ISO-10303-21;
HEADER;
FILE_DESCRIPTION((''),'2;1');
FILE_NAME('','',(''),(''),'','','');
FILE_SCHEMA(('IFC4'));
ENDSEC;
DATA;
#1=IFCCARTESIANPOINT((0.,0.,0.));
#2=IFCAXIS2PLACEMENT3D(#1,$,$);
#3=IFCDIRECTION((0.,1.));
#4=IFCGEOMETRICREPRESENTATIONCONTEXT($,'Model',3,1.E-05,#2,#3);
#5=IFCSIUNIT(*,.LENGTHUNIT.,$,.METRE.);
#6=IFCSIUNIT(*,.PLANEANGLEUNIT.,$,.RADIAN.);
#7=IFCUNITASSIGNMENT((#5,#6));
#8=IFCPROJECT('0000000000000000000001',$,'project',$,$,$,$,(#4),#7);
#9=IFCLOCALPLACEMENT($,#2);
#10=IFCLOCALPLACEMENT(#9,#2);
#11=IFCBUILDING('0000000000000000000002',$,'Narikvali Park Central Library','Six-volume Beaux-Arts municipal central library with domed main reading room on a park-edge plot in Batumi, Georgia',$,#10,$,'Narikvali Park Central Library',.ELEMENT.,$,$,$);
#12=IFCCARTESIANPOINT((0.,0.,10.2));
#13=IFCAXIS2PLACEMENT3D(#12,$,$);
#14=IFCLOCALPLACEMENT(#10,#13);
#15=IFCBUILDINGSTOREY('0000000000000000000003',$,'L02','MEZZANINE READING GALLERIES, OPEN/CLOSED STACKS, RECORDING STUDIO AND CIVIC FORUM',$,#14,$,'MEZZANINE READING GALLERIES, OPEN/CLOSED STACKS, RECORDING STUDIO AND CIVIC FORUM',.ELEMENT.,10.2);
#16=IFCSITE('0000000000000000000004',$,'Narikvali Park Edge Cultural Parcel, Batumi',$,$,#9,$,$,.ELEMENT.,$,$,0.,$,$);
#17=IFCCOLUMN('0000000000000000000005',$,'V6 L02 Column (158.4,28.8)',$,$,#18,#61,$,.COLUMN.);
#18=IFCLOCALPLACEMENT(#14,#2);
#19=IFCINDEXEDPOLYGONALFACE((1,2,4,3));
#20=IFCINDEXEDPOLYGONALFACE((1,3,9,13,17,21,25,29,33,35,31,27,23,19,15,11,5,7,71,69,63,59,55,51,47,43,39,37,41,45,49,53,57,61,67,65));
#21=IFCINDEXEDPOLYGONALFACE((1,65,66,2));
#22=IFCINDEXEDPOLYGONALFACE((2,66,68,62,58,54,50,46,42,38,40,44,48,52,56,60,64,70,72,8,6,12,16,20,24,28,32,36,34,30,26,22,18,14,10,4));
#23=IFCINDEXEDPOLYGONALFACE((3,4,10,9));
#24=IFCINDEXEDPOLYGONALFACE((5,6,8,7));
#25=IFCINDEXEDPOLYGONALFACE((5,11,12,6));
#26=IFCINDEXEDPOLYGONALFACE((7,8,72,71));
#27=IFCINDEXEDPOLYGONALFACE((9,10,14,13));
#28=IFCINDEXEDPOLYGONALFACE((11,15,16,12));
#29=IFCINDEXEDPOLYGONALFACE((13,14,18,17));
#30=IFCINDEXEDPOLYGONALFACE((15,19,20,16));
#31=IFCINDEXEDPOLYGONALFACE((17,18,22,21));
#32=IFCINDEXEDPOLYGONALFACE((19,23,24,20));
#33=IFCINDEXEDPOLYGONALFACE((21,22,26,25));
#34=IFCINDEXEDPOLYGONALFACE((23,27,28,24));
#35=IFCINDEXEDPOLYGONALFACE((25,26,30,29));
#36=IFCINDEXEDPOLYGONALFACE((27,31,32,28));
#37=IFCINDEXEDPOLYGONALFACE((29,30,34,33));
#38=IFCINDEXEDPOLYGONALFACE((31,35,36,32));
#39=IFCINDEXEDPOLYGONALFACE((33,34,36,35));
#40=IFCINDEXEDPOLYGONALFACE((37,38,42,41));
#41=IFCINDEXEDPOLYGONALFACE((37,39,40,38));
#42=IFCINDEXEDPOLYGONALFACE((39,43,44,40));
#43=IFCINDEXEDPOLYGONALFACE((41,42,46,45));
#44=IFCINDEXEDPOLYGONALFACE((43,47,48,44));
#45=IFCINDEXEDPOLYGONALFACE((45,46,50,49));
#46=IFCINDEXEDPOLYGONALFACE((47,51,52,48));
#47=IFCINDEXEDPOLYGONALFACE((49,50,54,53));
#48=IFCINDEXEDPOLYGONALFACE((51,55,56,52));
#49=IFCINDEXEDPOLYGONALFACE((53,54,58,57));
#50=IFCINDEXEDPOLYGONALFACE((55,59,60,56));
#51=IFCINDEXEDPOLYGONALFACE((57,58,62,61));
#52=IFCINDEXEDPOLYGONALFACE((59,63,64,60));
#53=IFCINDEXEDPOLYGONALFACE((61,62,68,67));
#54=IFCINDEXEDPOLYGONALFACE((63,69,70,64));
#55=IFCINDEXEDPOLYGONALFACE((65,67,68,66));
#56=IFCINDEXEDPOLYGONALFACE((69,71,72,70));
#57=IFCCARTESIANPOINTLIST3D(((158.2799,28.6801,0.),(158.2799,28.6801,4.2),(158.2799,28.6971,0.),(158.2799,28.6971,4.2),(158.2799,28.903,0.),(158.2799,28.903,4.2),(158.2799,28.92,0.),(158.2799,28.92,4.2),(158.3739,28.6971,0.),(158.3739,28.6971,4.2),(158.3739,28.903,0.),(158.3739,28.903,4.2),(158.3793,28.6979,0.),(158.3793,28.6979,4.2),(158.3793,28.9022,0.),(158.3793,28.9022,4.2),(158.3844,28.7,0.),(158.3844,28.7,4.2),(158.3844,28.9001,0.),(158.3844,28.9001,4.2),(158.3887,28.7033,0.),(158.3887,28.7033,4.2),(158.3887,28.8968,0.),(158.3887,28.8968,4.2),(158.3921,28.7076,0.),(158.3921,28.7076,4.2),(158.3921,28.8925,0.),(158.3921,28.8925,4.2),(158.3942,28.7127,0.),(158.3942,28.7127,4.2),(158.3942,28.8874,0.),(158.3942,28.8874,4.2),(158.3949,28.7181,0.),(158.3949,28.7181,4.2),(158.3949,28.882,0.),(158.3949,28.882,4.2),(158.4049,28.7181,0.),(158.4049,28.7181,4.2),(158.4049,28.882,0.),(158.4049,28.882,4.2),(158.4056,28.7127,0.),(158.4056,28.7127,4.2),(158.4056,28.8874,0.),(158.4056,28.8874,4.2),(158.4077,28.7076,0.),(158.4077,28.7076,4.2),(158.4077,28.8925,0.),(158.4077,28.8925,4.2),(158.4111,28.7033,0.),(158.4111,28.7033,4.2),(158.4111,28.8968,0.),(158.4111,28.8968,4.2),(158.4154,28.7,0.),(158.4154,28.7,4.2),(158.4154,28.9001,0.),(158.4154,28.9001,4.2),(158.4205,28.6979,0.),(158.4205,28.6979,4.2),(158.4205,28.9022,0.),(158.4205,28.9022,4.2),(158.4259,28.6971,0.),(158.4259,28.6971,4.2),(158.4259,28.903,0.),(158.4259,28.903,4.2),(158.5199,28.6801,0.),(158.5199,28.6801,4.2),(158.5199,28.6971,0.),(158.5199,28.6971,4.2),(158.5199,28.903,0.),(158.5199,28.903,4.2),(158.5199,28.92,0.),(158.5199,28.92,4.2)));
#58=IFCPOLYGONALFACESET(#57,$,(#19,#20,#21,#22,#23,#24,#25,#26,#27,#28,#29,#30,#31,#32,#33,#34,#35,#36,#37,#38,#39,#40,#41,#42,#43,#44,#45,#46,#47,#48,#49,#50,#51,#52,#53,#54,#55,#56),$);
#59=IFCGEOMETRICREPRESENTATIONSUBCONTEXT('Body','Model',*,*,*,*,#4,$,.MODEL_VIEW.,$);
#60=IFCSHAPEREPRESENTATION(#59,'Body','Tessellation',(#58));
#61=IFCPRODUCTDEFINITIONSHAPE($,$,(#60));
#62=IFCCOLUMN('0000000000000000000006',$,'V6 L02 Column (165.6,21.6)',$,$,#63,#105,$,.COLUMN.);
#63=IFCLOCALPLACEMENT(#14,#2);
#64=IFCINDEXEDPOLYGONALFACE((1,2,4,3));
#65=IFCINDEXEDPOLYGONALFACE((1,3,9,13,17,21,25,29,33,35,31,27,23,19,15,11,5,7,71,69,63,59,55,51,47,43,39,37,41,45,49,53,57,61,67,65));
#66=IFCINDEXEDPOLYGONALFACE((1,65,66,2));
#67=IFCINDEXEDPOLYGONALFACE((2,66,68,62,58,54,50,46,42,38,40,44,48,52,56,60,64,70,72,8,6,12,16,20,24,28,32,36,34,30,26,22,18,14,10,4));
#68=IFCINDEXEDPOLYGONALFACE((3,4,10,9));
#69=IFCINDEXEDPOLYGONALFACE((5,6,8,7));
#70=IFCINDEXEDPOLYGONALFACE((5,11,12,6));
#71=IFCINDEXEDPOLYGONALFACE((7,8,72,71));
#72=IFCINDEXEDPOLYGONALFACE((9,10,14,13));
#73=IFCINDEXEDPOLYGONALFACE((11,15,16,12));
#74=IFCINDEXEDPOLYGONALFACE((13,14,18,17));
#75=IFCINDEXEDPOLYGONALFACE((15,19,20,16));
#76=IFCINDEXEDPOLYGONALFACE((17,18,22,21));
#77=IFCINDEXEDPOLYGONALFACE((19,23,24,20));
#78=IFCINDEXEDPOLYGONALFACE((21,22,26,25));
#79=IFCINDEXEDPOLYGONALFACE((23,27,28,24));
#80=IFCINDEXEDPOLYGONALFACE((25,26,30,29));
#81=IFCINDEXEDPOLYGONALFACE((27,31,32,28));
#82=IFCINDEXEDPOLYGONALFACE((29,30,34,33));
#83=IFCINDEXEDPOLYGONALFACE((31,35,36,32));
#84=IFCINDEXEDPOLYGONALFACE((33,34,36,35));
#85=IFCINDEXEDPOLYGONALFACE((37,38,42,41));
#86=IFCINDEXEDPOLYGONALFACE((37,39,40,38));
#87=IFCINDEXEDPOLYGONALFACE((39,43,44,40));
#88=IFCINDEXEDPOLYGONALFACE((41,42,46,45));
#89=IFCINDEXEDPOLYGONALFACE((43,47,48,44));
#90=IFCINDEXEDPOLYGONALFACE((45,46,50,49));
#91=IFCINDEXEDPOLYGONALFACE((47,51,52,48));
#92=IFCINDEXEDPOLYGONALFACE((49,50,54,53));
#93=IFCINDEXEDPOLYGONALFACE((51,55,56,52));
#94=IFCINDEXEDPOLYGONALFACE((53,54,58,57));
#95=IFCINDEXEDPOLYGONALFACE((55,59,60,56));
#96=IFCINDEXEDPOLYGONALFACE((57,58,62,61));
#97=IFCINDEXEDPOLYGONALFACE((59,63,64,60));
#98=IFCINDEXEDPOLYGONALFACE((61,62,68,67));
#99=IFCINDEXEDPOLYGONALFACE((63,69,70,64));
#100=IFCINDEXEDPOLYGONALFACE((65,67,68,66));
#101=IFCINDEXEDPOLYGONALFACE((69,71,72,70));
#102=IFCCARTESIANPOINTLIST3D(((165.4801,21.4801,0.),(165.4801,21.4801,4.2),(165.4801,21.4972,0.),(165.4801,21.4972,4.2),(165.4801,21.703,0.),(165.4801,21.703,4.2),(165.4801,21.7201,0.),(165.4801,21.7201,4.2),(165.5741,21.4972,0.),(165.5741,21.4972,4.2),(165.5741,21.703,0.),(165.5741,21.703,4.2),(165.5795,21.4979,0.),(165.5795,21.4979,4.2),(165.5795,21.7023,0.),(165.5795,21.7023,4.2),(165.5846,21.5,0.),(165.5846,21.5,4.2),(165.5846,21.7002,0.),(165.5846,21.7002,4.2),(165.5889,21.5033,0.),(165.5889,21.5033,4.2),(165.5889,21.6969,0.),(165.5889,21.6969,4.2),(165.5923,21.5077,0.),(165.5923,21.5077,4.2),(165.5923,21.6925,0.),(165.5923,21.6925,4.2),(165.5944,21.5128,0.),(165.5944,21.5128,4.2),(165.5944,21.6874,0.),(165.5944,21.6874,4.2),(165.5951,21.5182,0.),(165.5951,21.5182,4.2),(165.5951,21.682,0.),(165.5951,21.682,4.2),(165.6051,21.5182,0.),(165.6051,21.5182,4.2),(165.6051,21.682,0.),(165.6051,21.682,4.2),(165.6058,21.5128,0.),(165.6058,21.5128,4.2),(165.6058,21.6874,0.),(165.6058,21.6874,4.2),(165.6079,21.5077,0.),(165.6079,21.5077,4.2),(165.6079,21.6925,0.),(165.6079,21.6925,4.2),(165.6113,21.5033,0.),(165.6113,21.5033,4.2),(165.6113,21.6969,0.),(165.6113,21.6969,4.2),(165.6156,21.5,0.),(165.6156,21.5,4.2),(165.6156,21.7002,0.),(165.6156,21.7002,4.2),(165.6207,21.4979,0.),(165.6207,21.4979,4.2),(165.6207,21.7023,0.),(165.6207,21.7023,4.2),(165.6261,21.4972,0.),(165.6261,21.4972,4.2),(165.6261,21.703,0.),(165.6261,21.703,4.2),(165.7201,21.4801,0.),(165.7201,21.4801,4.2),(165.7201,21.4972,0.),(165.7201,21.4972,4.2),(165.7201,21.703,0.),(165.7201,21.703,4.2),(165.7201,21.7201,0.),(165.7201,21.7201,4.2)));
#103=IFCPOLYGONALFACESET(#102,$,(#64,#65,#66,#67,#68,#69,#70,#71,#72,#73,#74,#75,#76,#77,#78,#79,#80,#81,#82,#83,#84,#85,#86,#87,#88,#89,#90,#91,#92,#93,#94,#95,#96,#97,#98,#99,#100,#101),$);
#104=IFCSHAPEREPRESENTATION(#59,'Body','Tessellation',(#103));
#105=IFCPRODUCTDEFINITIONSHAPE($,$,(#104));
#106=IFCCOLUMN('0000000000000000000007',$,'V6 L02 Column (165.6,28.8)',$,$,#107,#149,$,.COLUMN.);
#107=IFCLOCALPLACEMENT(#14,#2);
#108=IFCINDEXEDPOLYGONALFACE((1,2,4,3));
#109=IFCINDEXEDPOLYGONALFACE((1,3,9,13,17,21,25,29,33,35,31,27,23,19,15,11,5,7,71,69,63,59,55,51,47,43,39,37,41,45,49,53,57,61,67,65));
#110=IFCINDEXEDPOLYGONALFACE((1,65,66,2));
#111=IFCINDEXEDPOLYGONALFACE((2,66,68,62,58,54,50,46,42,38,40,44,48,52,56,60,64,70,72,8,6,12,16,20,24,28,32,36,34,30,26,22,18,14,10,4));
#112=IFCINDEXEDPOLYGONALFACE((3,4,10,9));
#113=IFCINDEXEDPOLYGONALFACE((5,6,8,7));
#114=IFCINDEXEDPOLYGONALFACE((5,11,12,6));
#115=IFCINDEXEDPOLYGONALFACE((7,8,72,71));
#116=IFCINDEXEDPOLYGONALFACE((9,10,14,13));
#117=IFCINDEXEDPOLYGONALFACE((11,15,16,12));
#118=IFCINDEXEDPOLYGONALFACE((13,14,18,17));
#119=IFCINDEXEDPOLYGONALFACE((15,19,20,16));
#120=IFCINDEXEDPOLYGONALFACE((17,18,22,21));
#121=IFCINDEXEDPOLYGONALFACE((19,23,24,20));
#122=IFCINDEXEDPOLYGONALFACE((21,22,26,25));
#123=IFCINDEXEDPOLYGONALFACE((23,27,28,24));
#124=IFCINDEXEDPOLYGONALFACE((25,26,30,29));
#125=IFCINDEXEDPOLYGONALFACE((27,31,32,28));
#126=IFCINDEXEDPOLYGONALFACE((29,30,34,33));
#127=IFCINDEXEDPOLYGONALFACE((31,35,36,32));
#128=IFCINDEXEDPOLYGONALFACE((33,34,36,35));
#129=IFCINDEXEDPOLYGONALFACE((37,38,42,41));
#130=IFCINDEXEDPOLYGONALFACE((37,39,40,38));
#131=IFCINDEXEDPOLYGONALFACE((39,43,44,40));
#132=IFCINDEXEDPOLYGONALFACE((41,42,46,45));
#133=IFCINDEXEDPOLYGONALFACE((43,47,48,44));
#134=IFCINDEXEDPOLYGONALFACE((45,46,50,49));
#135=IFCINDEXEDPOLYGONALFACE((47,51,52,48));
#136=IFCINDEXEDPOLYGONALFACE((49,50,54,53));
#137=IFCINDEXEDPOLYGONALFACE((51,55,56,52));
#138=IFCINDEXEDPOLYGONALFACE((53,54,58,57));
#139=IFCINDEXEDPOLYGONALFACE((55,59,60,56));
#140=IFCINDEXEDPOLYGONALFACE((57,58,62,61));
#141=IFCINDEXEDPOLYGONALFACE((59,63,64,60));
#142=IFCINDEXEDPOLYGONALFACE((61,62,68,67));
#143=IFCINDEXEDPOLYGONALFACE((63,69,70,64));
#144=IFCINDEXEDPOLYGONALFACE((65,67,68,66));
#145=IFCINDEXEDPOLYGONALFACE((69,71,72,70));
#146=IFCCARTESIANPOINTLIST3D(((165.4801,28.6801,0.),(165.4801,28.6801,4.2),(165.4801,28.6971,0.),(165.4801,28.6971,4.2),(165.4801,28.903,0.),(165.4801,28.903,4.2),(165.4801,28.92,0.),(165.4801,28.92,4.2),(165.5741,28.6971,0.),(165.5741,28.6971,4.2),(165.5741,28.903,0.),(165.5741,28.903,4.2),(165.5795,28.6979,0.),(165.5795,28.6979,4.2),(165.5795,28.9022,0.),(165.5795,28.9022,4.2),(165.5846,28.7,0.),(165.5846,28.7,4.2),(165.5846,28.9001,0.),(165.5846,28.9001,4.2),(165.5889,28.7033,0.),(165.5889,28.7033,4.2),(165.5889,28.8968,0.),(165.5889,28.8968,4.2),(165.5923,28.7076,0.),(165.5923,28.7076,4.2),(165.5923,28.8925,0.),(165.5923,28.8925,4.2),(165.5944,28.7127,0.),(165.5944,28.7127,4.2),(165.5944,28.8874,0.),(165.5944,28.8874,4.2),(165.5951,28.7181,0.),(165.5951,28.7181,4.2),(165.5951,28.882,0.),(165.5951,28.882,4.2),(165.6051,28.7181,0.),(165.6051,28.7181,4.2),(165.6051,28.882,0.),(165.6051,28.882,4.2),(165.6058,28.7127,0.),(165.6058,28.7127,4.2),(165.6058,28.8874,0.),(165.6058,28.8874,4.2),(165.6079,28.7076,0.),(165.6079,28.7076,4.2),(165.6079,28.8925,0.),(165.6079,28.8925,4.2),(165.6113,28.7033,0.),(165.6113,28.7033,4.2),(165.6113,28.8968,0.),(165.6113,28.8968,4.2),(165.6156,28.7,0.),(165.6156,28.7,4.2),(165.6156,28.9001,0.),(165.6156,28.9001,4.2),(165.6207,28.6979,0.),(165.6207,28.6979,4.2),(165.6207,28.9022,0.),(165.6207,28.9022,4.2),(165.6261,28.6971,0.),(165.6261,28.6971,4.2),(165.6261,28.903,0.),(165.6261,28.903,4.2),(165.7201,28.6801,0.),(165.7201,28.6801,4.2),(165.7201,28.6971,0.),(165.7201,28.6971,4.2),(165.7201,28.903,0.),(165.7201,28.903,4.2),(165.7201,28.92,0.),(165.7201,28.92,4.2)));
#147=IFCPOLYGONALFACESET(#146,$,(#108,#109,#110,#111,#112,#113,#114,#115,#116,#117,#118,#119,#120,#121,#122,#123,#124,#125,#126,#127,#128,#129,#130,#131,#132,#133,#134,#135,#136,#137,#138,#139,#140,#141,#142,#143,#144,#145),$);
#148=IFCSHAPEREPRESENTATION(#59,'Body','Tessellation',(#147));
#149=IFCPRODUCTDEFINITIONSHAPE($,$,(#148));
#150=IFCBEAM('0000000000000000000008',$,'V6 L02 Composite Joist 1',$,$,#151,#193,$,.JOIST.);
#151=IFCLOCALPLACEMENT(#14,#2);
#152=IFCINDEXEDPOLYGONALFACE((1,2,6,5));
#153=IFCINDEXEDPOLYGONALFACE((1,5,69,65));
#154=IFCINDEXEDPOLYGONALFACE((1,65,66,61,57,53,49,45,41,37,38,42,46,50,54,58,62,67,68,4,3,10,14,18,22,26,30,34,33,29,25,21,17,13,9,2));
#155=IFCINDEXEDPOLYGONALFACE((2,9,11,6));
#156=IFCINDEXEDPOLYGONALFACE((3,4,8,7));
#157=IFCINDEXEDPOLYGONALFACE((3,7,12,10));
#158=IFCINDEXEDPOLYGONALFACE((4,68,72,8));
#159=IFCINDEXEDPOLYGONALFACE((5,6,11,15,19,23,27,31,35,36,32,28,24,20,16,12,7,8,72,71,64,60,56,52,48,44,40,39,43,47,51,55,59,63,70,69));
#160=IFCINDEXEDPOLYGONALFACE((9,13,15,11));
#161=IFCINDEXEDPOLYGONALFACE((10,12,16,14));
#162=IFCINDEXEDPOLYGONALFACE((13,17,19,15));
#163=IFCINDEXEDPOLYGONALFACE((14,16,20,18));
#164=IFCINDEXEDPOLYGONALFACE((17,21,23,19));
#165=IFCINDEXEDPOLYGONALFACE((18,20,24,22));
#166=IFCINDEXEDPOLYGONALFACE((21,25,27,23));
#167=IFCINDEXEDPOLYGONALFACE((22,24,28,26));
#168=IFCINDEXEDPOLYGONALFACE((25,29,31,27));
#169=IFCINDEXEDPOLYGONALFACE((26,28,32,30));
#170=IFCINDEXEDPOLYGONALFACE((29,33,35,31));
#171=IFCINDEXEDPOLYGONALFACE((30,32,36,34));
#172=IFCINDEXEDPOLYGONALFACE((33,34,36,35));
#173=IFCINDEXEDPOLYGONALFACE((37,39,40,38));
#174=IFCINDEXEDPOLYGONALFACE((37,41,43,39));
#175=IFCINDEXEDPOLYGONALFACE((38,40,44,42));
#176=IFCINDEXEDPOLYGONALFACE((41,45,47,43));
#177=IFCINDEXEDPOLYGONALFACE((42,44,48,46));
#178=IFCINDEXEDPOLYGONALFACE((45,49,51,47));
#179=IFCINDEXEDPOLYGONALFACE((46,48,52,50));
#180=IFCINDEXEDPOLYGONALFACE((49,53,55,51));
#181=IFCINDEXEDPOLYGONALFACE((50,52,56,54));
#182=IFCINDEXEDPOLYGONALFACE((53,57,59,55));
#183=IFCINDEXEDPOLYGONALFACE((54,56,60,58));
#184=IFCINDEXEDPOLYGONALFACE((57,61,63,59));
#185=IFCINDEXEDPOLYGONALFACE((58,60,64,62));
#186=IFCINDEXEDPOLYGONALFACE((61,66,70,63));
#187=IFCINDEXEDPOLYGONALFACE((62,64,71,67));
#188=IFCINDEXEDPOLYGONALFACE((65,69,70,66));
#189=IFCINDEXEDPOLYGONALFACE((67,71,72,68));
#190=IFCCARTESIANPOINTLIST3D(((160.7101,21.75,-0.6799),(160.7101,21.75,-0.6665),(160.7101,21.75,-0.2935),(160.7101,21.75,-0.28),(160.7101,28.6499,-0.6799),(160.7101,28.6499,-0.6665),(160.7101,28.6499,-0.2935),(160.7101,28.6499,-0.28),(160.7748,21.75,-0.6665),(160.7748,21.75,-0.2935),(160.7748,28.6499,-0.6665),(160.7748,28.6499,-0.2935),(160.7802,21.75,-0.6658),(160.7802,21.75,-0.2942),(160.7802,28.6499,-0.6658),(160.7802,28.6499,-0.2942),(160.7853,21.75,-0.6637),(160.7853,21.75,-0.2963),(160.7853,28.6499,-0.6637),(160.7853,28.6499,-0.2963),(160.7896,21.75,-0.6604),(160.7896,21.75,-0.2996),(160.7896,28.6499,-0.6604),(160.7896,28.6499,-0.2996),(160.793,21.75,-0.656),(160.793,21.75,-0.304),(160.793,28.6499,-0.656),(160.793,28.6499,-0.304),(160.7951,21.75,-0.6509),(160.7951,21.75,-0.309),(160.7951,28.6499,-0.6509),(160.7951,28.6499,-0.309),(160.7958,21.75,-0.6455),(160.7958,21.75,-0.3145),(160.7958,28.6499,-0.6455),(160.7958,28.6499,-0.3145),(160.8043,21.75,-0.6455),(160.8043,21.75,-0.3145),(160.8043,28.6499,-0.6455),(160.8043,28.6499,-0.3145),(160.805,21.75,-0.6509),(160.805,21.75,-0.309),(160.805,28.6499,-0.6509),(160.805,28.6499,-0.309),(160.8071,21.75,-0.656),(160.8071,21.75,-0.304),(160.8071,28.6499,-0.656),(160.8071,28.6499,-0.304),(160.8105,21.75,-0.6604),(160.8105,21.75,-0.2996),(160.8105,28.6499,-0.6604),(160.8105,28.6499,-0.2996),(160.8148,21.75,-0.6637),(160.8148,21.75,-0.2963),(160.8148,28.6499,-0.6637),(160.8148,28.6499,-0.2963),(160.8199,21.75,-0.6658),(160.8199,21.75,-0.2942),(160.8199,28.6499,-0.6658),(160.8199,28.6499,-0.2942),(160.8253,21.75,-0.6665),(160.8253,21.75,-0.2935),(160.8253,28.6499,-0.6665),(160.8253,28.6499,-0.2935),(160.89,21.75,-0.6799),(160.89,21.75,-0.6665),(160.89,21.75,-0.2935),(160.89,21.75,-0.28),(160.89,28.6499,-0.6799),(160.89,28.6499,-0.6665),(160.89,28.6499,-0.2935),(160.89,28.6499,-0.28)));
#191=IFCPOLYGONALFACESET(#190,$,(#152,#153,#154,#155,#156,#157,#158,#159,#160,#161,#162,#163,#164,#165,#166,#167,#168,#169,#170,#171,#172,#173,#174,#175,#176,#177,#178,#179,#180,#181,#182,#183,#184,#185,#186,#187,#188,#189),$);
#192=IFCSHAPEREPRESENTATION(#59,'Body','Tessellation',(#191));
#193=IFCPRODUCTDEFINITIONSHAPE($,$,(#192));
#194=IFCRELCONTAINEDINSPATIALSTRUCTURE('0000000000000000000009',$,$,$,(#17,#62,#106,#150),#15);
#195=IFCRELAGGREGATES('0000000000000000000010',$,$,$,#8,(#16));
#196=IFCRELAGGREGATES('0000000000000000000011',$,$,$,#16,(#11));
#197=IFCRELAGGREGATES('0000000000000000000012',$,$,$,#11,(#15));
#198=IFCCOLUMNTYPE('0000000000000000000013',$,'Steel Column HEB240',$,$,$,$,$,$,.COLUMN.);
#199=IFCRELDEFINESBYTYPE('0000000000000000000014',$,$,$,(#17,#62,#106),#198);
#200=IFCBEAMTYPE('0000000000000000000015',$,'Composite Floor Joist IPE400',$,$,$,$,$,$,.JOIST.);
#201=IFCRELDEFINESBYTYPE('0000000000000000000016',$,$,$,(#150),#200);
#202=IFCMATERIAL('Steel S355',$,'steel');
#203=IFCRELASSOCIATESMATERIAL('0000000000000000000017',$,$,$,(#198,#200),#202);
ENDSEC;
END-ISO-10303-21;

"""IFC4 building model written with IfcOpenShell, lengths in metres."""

from ifc_helpers import new_model, si_unit, direction, frame, origin, origin_2d, place, context, subcontext, project, spatial, i_section, extrude, material, material_profile, profile_set, type_object, element, save


model = new_model("IFC4")

# Units and contexts
model_context = context("Model", 3, precision=1e-05, world=origin(), true_north=direction((0.0, 1.0)))
body_context = subcontext(model_context, "Body", "Model", "MODEL_VIEW")
ifc_project = project(units=[si_unit("LENGTHUNIT", "METRE"), si_unit("PLANEANGLEUNIT", "RADIAN")], contexts=[model_context])

# Site, building, storey
site_placement = place(None, origin())
site = spatial("IfcSite", under=ifc_project, at=site_placement, Name="Narikvali Park Edge Cultural Parcel, Batumi", CompositionType="ELEMENT", RefElevation=0.0)
building_placement = place(site_placement, origin())
building = spatial("IfcBuilding", under=site, at=building_placement, Name="Narikvali Park Central Library", Description="Six-volume Beaux-Arts municipal central library with domed main reading room on a park-edge plot in Batumi, Georgia", LongName="Narikvali Park Central Library", CompositionType="ELEMENT")
storey_placement = place(building_placement, frame((0.0, 0.0, 10.2)))
storey = spatial("IfcBuildingStorey", under=building, at=storey_placement, Name="L02", Description="MEZZANINE READING GALLERIES, OPEN/CLOSED STACKS, RECORDING STUDIO AND CIVIC FORUM", LongName="MEZZANINE READING GALLERIES, OPEN/CLOSED STACKS, RECORDING STUDIO AND CIVIC FORUM", CompositionType="ELEMENT", Elevation=10.2)

# Columns
ifc_material_1 = material(Name="Steel S355", Category="steel")
ifc_material_profile_1 = material_profile(ifc_material_1, i_section(OverallWidth=0.24, OverallDepth=0.24, WebThickness=0.01, FlangeThickness=0.0171, FilletRadius=0.021, at=origin_2d()), Name="HEB 240")
ifc_profile_set_1 = profile_set([ifc_material_profile_1], Name="Steel S355")
column_type = type_object("IfcColumnType", Name="Steel Column HEB240", PredefinedType="COLUMN", material=ifc_profile_set_1)
for number, where, z_axis, x_axis, name in (
    (1, (158.3999, 28.8, 0.0), (0.0, 0.0, 1.0), (1.0, 0.0, 0.0), "V6 L02 Column (158.4,28.8)"),
    (2, (165.6001, 21.6001, 0.0), (0.0, 0.0, 1.0), (1.0, 0.0, 0.0), "V6 L02 Column (165.6,21.6)"),
    (3, (165.6001, 28.8, 0.0), (0.0, 0.0, 1.0), (1.0, 0.0, 0.0), "V6 L02 Column (165.6,28.8)"),
):
    element("IfcColumn", number, at=place(storey_placement, frame(where, z_axis=z_axis, x_axis=x_axis)), inside=storey, type_object=column_type, Name=name, PredefinedType="COLUMN", context=body_context, shape_type="SweptSolid", body=[
        extrude(i_section(OverallWidth=0.24, OverallDepth=0.24, WebThickness=0.01, FlangeThickness=0.0171, FilletRadius=0.021, at=origin_2d()), origin(), (0.0, 0.0, 1.0), 4.2),
    ])

# Beam
ifc_material_profile_2 = material_profile(ifc_material_1, i_section(OverallWidth=0.1799, OverallDepth=0.3999, WebThickness=0.0085, FlangeThickness=0.0134, FilletRadius=0.021, at=origin_2d()), Name="IPE 400")
ifc_profile_set_2 = profile_set([ifc_material_profile_2], Name="Steel S355")
beam_type_1 = type_object("IfcBeamType", Name="Composite Floor Joist IPE400", PredefinedType="JOIST", material=ifc_profile_set_2)
for number, where, z_axis, x_axis, name in (
    (4, (160.8, 21.75, -0.48), (0.0, 1.0, 0.0), (-1.0, 0.0, 0.0), "V6 L02 Composite Joist 1"),
):
    element("IfcBeam", number, at=place(storey_placement, frame(where, z_axis=z_axis, x_axis=x_axis)), inside=storey, type_object=beam_type_1, Name=name, PredefinedType="JOIST", context=body_context, shape_type="SweptSolid", body=[
        extrude(i_section(OverallWidth=0.1799, OverallDepth=0.3999, WebThickness=0.0085, FlangeThickness=0.0134, FilletRadius=0.021, at=origin_2d()), origin(), (0.0, 0.0, 1.0), 6.8999),
    ])

save(model, "model.ifc")
